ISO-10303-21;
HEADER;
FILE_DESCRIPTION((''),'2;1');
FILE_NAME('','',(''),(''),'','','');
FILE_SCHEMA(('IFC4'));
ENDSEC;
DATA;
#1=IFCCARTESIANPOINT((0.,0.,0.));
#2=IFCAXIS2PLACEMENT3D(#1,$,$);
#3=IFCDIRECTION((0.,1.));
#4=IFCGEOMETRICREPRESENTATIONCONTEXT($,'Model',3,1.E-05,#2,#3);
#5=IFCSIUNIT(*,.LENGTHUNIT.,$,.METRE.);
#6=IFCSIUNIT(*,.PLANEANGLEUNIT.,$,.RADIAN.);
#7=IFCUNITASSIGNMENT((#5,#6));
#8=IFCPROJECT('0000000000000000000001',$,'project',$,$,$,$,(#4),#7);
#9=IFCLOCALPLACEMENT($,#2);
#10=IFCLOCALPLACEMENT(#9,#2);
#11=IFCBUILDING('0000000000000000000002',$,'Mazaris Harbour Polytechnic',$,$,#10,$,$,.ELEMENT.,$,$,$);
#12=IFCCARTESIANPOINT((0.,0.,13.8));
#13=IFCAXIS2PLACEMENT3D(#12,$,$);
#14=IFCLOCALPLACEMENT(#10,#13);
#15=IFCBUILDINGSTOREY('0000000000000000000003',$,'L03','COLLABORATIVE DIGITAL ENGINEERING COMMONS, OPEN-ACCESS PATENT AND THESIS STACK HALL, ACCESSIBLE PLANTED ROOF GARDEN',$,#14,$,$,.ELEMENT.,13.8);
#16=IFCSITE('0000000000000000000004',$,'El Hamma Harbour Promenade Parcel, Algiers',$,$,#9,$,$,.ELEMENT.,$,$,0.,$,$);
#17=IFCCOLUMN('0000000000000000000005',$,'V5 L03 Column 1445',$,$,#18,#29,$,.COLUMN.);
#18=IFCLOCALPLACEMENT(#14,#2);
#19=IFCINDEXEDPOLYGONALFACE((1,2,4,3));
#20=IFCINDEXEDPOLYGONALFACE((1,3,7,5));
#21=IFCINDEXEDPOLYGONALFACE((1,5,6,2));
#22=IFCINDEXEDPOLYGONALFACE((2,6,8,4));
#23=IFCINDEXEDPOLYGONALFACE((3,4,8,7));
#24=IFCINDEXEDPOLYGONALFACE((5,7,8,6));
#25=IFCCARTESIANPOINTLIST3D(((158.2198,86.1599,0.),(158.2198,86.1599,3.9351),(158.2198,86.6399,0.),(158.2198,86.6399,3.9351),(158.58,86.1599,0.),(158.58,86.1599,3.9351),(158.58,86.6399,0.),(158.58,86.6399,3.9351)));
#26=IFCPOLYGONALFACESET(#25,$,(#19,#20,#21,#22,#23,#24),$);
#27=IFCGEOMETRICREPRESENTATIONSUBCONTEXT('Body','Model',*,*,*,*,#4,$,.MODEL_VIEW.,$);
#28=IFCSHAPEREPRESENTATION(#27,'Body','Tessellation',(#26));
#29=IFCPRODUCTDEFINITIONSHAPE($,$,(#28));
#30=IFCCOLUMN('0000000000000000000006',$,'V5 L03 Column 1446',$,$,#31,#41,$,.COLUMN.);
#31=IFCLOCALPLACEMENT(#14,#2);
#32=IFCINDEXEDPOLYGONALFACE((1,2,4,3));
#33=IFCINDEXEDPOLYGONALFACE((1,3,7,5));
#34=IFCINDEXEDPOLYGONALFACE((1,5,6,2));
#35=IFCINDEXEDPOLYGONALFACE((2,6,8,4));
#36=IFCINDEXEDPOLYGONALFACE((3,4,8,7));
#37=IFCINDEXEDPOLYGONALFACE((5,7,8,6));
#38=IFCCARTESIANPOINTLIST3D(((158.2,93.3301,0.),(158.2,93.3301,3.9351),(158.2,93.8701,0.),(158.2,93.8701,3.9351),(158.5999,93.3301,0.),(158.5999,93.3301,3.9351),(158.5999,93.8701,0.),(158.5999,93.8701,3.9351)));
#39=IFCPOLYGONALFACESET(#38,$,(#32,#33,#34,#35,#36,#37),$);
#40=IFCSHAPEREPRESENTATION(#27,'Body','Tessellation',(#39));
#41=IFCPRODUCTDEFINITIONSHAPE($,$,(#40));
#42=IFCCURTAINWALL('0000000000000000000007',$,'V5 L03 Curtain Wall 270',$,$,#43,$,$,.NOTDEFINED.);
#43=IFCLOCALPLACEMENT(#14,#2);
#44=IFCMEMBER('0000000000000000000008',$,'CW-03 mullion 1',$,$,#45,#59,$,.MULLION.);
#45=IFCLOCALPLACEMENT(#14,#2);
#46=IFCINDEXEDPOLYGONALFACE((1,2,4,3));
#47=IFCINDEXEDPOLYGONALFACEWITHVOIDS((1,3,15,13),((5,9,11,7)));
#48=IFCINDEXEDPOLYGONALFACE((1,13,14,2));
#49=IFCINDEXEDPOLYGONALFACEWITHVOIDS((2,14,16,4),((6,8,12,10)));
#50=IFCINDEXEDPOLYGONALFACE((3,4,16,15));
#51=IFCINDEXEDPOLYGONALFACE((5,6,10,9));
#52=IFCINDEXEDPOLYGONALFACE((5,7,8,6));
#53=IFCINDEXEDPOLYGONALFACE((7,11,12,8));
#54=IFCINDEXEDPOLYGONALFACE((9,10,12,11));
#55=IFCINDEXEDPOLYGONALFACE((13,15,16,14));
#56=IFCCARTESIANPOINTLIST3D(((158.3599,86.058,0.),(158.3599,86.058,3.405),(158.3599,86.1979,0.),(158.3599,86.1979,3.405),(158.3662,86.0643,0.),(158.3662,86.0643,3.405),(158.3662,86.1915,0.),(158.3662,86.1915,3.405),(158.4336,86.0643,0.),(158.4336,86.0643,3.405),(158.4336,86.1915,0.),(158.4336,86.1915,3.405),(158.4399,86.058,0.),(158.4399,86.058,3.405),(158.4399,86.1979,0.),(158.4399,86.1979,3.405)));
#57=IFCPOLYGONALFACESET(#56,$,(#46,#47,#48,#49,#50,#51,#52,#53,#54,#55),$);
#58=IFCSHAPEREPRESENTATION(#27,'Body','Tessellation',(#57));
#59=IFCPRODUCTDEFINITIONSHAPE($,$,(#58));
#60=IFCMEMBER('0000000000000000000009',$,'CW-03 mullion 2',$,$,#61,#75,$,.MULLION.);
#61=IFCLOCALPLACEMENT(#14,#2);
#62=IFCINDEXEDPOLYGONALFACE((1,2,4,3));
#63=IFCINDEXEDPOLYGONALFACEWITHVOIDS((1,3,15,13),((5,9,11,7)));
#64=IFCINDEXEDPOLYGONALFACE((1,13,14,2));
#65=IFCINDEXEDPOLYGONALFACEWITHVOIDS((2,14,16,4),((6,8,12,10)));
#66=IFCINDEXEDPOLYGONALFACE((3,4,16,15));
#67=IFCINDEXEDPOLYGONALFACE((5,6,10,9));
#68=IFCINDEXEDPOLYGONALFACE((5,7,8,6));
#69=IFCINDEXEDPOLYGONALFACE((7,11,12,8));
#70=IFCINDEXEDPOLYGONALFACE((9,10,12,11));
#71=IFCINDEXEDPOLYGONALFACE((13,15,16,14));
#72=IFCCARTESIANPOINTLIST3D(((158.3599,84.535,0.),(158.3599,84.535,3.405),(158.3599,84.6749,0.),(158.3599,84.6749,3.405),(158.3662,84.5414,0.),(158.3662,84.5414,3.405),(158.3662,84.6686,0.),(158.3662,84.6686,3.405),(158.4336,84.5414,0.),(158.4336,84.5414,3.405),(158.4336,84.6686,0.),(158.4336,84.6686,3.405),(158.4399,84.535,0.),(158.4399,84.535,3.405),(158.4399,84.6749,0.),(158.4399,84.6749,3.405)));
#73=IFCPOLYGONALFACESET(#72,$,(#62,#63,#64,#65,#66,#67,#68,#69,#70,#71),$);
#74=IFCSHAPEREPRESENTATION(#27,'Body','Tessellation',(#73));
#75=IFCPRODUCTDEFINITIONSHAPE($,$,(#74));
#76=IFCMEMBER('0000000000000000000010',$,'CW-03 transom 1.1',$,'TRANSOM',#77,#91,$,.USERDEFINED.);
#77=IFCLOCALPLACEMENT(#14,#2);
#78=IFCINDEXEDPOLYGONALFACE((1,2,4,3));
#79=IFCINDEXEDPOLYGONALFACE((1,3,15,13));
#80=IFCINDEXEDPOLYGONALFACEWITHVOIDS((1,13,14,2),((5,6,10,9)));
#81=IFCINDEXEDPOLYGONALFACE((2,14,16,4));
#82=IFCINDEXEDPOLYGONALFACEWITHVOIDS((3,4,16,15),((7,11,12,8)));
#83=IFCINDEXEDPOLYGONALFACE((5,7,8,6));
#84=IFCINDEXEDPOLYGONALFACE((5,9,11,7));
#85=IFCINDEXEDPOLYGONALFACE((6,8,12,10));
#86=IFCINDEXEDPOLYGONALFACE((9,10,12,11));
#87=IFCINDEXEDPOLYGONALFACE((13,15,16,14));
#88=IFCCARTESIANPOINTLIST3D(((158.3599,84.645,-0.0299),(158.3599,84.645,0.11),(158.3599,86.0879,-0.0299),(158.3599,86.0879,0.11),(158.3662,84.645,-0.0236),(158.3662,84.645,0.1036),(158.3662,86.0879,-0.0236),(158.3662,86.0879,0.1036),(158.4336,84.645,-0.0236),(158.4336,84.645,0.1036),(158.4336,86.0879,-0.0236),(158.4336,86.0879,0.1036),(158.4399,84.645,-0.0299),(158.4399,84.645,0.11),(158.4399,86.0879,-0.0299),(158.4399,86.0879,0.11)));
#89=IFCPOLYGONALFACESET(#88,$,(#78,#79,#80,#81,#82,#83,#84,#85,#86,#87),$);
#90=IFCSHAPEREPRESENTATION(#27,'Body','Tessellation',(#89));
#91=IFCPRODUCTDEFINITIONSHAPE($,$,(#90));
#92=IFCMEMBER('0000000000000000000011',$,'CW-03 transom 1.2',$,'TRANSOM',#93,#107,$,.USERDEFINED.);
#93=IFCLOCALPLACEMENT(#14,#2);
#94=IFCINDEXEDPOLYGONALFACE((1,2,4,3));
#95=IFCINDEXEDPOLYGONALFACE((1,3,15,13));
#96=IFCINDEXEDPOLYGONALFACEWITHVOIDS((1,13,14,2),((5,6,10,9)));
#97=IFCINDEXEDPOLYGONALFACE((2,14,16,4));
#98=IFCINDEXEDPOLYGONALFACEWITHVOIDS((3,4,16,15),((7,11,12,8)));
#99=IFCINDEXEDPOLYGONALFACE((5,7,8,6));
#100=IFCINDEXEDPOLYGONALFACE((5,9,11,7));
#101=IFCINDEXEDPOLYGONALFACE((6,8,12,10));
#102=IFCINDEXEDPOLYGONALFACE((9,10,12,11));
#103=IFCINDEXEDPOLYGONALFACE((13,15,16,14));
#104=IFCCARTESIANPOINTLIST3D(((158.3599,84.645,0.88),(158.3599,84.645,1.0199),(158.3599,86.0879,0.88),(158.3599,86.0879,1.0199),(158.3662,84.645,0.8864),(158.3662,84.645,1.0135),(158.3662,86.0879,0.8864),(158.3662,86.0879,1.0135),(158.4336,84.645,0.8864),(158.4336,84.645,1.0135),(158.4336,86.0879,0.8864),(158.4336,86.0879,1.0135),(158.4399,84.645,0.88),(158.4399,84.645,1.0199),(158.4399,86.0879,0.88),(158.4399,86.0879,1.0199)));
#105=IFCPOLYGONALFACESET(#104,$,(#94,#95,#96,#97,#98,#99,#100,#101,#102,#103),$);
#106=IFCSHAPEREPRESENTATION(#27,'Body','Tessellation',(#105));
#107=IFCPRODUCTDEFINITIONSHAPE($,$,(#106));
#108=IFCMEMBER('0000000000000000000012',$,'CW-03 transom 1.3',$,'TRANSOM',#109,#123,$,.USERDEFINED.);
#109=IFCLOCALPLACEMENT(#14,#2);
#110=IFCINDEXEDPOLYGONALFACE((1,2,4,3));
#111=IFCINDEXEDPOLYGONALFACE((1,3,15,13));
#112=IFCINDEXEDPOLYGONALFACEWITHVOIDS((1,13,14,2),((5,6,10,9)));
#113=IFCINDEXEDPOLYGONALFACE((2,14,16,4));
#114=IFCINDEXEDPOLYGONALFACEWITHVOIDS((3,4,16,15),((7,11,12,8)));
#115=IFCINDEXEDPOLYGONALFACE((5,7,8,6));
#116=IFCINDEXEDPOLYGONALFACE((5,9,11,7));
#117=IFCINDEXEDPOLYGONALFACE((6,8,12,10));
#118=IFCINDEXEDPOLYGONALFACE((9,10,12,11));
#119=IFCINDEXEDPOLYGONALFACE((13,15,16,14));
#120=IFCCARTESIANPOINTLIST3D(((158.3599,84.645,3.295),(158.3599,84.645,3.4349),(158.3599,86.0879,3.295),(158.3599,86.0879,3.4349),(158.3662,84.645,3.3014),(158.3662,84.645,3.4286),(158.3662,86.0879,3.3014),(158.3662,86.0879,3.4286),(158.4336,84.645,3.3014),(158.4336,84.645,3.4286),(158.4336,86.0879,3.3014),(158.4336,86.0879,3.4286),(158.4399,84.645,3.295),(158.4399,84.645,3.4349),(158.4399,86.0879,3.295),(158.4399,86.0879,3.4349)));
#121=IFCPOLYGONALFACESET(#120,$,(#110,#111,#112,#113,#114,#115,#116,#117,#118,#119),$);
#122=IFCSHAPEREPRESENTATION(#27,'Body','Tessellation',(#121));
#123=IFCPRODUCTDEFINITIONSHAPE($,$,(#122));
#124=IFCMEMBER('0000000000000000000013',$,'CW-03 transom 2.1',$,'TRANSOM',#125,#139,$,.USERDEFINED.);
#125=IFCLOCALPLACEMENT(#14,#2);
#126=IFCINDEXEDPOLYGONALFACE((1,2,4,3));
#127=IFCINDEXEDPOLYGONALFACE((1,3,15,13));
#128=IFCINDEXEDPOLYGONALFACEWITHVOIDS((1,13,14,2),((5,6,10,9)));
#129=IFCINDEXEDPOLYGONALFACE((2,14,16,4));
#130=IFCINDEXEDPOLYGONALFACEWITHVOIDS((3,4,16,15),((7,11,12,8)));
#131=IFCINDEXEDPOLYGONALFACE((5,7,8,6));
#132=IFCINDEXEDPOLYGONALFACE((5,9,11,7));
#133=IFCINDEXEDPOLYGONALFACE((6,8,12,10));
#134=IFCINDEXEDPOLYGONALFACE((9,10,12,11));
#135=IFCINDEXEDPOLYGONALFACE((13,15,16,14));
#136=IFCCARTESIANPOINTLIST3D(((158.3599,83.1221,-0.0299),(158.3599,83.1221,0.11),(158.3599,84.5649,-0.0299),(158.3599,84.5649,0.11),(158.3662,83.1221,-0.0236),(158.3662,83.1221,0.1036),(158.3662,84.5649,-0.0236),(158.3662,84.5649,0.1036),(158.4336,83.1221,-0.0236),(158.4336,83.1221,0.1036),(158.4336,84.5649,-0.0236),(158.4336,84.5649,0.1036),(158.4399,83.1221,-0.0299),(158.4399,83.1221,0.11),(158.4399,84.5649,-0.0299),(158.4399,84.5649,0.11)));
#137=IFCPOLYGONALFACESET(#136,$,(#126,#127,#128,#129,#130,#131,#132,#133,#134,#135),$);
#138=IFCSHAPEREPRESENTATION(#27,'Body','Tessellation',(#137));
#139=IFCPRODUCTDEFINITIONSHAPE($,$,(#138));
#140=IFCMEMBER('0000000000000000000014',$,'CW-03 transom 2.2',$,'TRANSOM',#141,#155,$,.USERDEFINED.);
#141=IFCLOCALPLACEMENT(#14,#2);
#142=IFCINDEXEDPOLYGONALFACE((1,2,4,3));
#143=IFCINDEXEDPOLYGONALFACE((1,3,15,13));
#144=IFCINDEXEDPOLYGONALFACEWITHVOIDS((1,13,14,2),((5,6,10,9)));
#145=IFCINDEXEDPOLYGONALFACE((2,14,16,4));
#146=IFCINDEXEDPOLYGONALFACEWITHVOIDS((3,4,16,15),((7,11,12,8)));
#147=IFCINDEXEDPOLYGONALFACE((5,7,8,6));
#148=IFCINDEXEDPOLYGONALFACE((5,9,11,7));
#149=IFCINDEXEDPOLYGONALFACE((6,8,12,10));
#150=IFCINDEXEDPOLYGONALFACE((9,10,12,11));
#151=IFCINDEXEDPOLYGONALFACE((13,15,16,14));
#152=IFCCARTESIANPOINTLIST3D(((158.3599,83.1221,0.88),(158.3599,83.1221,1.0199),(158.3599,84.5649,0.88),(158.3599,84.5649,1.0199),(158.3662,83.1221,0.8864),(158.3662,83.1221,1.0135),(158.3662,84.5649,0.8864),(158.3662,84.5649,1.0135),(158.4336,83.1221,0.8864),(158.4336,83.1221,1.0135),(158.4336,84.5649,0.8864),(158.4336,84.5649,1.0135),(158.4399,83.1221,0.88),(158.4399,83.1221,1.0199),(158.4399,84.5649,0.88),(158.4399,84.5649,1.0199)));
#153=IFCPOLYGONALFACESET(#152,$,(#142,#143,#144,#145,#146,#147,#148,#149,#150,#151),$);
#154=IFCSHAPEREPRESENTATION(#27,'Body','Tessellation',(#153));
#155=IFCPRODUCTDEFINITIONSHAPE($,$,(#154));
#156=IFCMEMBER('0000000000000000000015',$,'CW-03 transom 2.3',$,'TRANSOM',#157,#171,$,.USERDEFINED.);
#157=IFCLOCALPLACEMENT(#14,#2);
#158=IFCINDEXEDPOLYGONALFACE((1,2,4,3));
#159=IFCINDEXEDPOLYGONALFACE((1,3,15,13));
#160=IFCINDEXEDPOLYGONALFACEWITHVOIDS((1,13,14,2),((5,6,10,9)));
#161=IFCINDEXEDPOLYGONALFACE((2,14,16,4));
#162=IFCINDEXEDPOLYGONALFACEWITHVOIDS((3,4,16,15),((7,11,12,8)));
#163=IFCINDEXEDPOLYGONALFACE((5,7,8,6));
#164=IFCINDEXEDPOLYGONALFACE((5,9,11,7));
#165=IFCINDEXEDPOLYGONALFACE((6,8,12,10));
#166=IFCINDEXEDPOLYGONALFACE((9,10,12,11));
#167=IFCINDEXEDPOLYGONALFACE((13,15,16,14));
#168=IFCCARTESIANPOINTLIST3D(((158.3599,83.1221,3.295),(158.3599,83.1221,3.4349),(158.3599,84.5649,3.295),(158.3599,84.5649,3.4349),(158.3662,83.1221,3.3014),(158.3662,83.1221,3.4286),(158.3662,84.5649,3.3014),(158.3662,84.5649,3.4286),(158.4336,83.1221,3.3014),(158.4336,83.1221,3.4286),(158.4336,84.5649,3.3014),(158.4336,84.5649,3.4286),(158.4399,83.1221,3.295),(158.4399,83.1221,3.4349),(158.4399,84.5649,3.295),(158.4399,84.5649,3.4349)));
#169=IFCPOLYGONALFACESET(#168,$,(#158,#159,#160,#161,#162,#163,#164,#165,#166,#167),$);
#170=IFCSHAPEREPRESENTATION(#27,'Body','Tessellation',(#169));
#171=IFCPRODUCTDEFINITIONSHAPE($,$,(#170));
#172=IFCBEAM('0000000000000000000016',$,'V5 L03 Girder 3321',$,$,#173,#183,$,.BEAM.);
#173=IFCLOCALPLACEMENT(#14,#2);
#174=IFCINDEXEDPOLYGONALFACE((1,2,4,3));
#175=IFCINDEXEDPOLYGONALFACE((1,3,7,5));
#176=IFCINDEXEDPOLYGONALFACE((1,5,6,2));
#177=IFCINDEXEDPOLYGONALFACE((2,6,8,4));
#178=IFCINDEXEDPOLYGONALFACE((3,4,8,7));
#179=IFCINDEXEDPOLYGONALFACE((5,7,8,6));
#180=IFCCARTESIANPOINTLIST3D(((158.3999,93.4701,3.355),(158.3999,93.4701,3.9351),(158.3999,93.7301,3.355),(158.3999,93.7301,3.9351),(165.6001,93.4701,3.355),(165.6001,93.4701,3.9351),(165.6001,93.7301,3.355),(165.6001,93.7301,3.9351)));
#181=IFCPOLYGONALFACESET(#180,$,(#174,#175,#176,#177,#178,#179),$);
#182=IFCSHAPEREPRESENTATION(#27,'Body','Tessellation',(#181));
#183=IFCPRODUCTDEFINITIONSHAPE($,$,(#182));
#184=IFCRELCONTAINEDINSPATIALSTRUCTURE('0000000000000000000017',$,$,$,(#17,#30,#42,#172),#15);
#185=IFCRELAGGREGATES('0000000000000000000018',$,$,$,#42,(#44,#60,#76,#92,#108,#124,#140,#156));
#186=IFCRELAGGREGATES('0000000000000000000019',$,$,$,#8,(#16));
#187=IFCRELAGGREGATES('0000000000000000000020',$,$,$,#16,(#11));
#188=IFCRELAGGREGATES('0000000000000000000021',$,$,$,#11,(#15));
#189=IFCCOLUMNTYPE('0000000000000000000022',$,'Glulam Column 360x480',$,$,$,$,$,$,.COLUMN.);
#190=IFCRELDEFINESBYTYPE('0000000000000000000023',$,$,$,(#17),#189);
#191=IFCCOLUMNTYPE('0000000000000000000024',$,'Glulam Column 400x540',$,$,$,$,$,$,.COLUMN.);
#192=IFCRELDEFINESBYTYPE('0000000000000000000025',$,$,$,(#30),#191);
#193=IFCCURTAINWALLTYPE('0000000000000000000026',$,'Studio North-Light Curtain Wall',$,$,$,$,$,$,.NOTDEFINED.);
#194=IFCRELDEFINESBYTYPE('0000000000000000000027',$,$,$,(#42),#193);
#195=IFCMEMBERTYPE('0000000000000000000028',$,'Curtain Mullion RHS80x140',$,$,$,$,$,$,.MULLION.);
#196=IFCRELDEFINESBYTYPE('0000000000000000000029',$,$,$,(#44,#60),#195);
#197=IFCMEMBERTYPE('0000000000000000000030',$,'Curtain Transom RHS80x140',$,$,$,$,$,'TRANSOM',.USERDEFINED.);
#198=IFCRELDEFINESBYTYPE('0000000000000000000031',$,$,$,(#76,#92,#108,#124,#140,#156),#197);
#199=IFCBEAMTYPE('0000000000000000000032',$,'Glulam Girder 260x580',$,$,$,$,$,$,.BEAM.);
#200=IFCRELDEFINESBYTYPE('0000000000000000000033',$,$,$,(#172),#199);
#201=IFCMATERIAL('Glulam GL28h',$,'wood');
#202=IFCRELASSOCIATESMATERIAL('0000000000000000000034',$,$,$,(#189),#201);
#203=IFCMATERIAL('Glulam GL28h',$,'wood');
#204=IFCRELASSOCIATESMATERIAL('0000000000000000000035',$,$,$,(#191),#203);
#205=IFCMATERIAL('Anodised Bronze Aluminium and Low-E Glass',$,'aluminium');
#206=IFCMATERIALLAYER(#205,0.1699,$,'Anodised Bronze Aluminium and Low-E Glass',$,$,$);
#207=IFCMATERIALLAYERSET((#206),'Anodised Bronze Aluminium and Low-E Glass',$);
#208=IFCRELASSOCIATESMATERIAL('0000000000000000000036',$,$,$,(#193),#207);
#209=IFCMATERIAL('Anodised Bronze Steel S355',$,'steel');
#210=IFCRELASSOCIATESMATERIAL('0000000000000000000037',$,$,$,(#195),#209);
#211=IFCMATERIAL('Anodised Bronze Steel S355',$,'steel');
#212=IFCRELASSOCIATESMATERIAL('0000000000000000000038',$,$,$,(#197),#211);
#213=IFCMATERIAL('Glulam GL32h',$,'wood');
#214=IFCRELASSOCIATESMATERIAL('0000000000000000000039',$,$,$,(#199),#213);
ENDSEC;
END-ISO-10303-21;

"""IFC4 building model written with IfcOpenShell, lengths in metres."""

from ifc_helpers import new_model, si_unit, direction, frame, origin, origin_2d, place, context, subcontext, project, spatial, rectangle, hollow_rectangle, extrude, material, layer, layer_set, material_profile, profile_set, type_object, element, aggregate, save


model = new_model("IFC4")

# Units and contexts
model_context = context("Model", 3, precision=1e-05, world=origin(), true_north=direction((0.0, 1.0)))
body_context = subcontext(model_context, "Body", "Model", "MODEL_VIEW")
ifc_project = project(units=[si_unit("LENGTHUNIT", "METRE"), si_unit("PLANEANGLEUNIT", "RADIAN")], contexts=[model_context])

# Site, building, storey
site_placement = place(None, origin())
site = spatial("IfcSite", under=ifc_project, at=site_placement, Name="El Hamma Harbour Promenade Parcel, Algiers", CompositionType="ELEMENT", RefElevation=0.0)
building_placement = place(site_placement, origin())
building = spatial("IfcBuilding", under=site, at=building_placement, Name="Mazaris Harbour Polytechnic", CompositionType="ELEMENT")
storey_placement = place(building_placement, frame((0.0, 0.0, 13.8)))
storey = spatial("IfcBuildingStorey", under=building, at=storey_placement, Name="L03", Description="COLLABORATIVE DIGITAL ENGINEERING COMMONS, OPEN-ACCESS PATENT AND THESIS STACK HALL, ACCESSIBLE PLANTED ROOF GARDEN", CompositionType="ELEMENT", Elevation=13.8)

# Columns
ifc_material_1 = material(Name="Glulam GL28h", Category="wood")
ifc_material_profile_1 = material_profile(ifc_material_1, rectangle(XDim=0.3601, YDim=0.48, at=origin_2d()), Name="RECT360x480")
ifc_profile_set_1 = profile_set([ifc_material_profile_1], Name="Glulam GL28h")
column_type_1 = type_object("IfcColumnType", Name="Glulam Column 360x480", PredefinedType="COLUMN", material=ifc_profile_set_1)
column_1_placement = place(storey_placement, frame((158.3999, 86.3999, 0.0), z_axis=(0.0, 0.0, 1.0), x_axis=(1.0, 0.0, 0.0)))
element("IfcColumn", 1, at=column_1_placement, inside=storey, type_object=column_type_1, Name="V5 L03 Column 1445", PredefinedType="COLUMN", context=body_context, shape_type="SweptSolid", body=[
    extrude(rectangle(XDim=0.3601, YDim=0.48, at=origin_2d()), origin(), (0.0, 0.0, 1.0), 3.9351),
])
ifc_material_2 = material(Name="Glulam GL28h", Category="wood")
ifc_material_profile_2 = material_profile(ifc_material_2, rectangle(XDim=0.3999, YDim=0.54, at=origin_2d()), Name="RECT400x540")
ifc_profile_set_2 = profile_set([ifc_material_profile_2], Name="Glulam GL28h")
column_type_2 = type_object("IfcColumnType", Name="Glulam Column 400x540", PredefinedType="COLUMN", material=ifc_profile_set_2)
column_2_placement = place(storey_placement, frame((158.3999, 93.6001, 0.0), z_axis=(0.0, 0.0, 1.0), x_axis=(1.0, 0.0, 0.0)))
element("IfcColumn", 2, at=column_2_placement, inside=storey, type_object=column_type_2, Name="V5 L03 Column 1446", PredefinedType="COLUMN", context=body_context, shape_type="SweptSolid", body=[
    extrude(rectangle(XDim=0.3999, YDim=0.54, at=origin_2d()), origin(), (0.0, 0.0, 1.0), 3.9351),
])

# Curtain wall, members
ifc_material_3 = material(Name="Anodised Bronze Aluminium and Low-E Glass", Category="aluminium")
ifc_layer_1 = layer(ifc_material_3, 0.1699, Name="Anodised Bronze Aluminium and Low-E Glass")
ifc_layer_set_1 = layer_set([ifc_layer_1], Name="Anodised Bronze Aluminium and Low-E Glass")
curtain_wall_type = type_object("IfcCurtainWallType", Name="Studio North-Light Curtain Wall", PredefinedType="NOTDEFINED", material=ifc_layer_set_1)
curtain_wall_placement = place(storey_placement, origin())
curtain_wall = element("IfcCurtainWall", 3, at=curtain_wall_placement, inside=storey, type_object=curtain_wall_type, Name="V5 L03 Curtain Wall 270", PredefinedType="NOTDEFINED")
ifc_material_4 = material(Name="Anodised Bronze Steel S355", Category="steel")
ifc_material_profile_3 = material_profile(ifc_material_4, hollow_rectangle(XDim=0.0801, YDim=0.1399, WallThickness=0.0063, at=origin_2d()), Name="RHS 80x140x6.3")
ifc_profile_set_3 = profile_set([ifc_material_profile_3], Name="Anodised Bronze Steel S355")
member_type_1 = type_object("IfcMemberType", Name="Curtain Mullion RHS80x140", PredefinedType="MULLION", material=ifc_profile_set_3)
member_1_placement = place(storey_placement, frame((158.3999, 86.1279, 0.0), z_axis=(0.0, 0.0, 1.0), x_axis=(1.0, 0.0, 0.0)))
member_1 = element("IfcMember", 4, at=member_1_placement, type_object=member_type_1, Name="CW-03 mullion 1", PredefinedType="MULLION", context=body_context, shape_type="SweptSolid", body=[
    extrude(hollow_rectangle(XDim=0.0801, YDim=0.1399, WallThickness=0.0063, at=origin_2d()), origin(), (0.0, 0.0, 1.0), 3.405),
])
member_2_placement = place(storey_placement, frame((158.3999, 84.605, 0.0), z_axis=(0.0, 0.0, 1.0), x_axis=(1.0, 0.0, 0.0)))
member_2 = element("IfcMember", 5, at=member_2_placement, type_object=member_type_1, Name="CW-03 mullion 2", PredefinedType="MULLION", context=body_context, shape_type="SweptSolid", body=[
    extrude(hollow_rectangle(XDim=0.0801, YDim=0.1399, WallThickness=0.0063, at=origin_2d()), origin(), (0.0, 0.0, 1.0), 3.405),
])
ifc_material_5 = material(Name="Anodised Bronze Steel S355", Category="steel")
ifc_material_profile_4 = material_profile(ifc_material_5, hollow_rectangle(XDim=0.0801, YDim=0.1399, WallThickness=0.0063, at=origin_2d()), Name="RHS 80x140x6.3")
ifc_profile_set_4 = profile_set([ifc_material_profile_4], Name="Anodised Bronze Steel S355")
member_type_2 = type_object("IfcMemberType", Name="Curtain Transom RHS80x140", ElementType="TRANSOM", PredefinedType="USERDEFINED", material=ifc_profile_set_4)
member_3_placement = place(storey_placement, frame((158.3999, 86.0879, 0.04), z_axis=(0.0, -1.0, 0.0), x_axis=(1.0, 0.0, 0.0)))
member_3 = element("IfcMember", 6, at=member_3_placement, type_object=member_type_2, Name="CW-03 transom 1.1", ObjectType="TRANSOM", PredefinedType="USERDEFINED", context=body_context, shape_type="SweptSolid", body=[
    extrude(hollow_rectangle(XDim=0.0801, YDim=0.1399, WallThickness=0.0063, at=origin_2d()), origin(), (0.0, 0.0, 1.0), 1.4429),
])
member_4_placement = place(storey_placement, frame((158.3999, 86.0879, 0.95), z_axis=(0.0, -1.0, 0.0), x_axis=(1.0, 0.0, 0.0)))
member_4 = element("IfcMember", 7, at=member_4_placement, type_object=member_type_2, Name="CW-03 transom 1.2", ObjectType="TRANSOM", PredefinedType="USERDEFINED", context=body_context, shape_type="SweptSolid", body=[
    extrude(hollow_rectangle(XDim=0.0801, YDim=0.1399, WallThickness=0.0063, at=origin_2d()), origin(), (0.0, 0.0, 1.0), 1.4429),
])
member_5_placement = place(storey_placement, frame((158.3999, 86.0879, 3.365), z_axis=(0.0, -1.0, 0.0), x_axis=(1.0, 0.0, 0.0)))
member_5 = element("IfcMember", 8, at=member_5_placement, type_object=member_type_2, Name="CW-03 transom 1.3", ObjectType="TRANSOM", PredefinedType="USERDEFINED", context=body_context, shape_type="SweptSolid", body=[
    extrude(hollow_rectangle(XDim=0.0801, YDim=0.1399, WallThickness=0.0063, at=origin_2d()), origin(), (0.0, 0.0, 1.0), 1.4429),
])
member_6_placement = place(storey_placement, frame((158.3999, 84.5649, 0.04), z_axis=(0.0, -1.0, 0.0), x_axis=(1.0, 0.0, 0.0)))
member_6 = element("IfcMember", 9, at=member_6_placement, type_object=member_type_2, Name="CW-03 transom 2.1", ObjectType="TRANSOM", PredefinedType="USERDEFINED", context=body_context, shape_type="SweptSolid", body=[
    extrude(hollow_rectangle(XDim=0.0801, YDim=0.1399, WallThickness=0.0063, at=origin_2d()), origin(), (0.0, 0.0, 1.0), 1.4429),
])
member_7_placement = place(storey_placement, frame((158.3999, 84.5649, 0.95), z_axis=(0.0, -1.0, 0.0), x_axis=(1.0, 0.0, 0.0)))
member_7 = element("IfcMember", 10, at=member_7_placement, type_object=member_type_2, Name="CW-03 transom 2.2", ObjectType="TRANSOM", PredefinedType="USERDEFINED", context=body_context, shape_type="SweptSolid", body=[
    extrude(hollow_rectangle(XDim=0.0801, YDim=0.1399, WallThickness=0.0063, at=origin_2d()), origin(), (0.0, 0.0, 1.0), 1.4429),
])
member_8_placement = place(storey_placement, frame((158.3999, 84.5649, 3.365), z_axis=(0.0, -1.0, 0.0), x_axis=(1.0, 0.0, 0.0)))
member_8 = element("IfcMember", 11, at=member_8_placement, type_object=member_type_2, Name="CW-03 transom 2.3", ObjectType="TRANSOM", PredefinedType="USERDEFINED", context=body_context, shape_type="SweptSolid", body=[
    extrude(hollow_rectangle(XDim=0.0801, YDim=0.1399, WallThickness=0.0063, at=origin_2d()), origin(), (0.0, 0.0, 1.0), 1.4429),
])

# Beam
ifc_material_6 = material(Name="Glulam GL32h", Category="wood")
ifc_material_profile_5 = material_profile(ifc_material_6, rectangle(XDim=0.26, YDim=0.5801, at=origin_2d()), Name="RECT260x580")
ifc_profile_set_5 = profile_set([ifc_material_profile_5], Name="Glulam GL32h")
beam_type_1 = type_object("IfcBeamType", Name="Glulam Girder 260x580", PredefinedType="BEAM", material=ifc_profile_set_5)
for number, where, z_axis, x_axis, name in (
    (12, (158.3999, 93.6001, 3.645), (1.0, 0.0, 0.0), (0.0, 1.0, 0.0), "V5 L03 Girder 3321"),
):
    element("IfcBeam", number, at=place(storey_placement, frame(where, z_axis=z_axis, x_axis=x_axis)), inside=storey, type_object=beam_type_1, Name=name, PredefinedType="BEAM", context=body_context, shape_type="SweptSolid", body=[
        extrude(rectangle(XDim=0.26, YDim=0.5801, at=origin_2d()), origin(), (0.0, 0.0, 1.0), 7.2002),
    ])

aggregate(curtain_wall, [member_1, member_2, member_3, member_4, member_5, member_6, member_7, member_8])

save(model, "model.ifc")
